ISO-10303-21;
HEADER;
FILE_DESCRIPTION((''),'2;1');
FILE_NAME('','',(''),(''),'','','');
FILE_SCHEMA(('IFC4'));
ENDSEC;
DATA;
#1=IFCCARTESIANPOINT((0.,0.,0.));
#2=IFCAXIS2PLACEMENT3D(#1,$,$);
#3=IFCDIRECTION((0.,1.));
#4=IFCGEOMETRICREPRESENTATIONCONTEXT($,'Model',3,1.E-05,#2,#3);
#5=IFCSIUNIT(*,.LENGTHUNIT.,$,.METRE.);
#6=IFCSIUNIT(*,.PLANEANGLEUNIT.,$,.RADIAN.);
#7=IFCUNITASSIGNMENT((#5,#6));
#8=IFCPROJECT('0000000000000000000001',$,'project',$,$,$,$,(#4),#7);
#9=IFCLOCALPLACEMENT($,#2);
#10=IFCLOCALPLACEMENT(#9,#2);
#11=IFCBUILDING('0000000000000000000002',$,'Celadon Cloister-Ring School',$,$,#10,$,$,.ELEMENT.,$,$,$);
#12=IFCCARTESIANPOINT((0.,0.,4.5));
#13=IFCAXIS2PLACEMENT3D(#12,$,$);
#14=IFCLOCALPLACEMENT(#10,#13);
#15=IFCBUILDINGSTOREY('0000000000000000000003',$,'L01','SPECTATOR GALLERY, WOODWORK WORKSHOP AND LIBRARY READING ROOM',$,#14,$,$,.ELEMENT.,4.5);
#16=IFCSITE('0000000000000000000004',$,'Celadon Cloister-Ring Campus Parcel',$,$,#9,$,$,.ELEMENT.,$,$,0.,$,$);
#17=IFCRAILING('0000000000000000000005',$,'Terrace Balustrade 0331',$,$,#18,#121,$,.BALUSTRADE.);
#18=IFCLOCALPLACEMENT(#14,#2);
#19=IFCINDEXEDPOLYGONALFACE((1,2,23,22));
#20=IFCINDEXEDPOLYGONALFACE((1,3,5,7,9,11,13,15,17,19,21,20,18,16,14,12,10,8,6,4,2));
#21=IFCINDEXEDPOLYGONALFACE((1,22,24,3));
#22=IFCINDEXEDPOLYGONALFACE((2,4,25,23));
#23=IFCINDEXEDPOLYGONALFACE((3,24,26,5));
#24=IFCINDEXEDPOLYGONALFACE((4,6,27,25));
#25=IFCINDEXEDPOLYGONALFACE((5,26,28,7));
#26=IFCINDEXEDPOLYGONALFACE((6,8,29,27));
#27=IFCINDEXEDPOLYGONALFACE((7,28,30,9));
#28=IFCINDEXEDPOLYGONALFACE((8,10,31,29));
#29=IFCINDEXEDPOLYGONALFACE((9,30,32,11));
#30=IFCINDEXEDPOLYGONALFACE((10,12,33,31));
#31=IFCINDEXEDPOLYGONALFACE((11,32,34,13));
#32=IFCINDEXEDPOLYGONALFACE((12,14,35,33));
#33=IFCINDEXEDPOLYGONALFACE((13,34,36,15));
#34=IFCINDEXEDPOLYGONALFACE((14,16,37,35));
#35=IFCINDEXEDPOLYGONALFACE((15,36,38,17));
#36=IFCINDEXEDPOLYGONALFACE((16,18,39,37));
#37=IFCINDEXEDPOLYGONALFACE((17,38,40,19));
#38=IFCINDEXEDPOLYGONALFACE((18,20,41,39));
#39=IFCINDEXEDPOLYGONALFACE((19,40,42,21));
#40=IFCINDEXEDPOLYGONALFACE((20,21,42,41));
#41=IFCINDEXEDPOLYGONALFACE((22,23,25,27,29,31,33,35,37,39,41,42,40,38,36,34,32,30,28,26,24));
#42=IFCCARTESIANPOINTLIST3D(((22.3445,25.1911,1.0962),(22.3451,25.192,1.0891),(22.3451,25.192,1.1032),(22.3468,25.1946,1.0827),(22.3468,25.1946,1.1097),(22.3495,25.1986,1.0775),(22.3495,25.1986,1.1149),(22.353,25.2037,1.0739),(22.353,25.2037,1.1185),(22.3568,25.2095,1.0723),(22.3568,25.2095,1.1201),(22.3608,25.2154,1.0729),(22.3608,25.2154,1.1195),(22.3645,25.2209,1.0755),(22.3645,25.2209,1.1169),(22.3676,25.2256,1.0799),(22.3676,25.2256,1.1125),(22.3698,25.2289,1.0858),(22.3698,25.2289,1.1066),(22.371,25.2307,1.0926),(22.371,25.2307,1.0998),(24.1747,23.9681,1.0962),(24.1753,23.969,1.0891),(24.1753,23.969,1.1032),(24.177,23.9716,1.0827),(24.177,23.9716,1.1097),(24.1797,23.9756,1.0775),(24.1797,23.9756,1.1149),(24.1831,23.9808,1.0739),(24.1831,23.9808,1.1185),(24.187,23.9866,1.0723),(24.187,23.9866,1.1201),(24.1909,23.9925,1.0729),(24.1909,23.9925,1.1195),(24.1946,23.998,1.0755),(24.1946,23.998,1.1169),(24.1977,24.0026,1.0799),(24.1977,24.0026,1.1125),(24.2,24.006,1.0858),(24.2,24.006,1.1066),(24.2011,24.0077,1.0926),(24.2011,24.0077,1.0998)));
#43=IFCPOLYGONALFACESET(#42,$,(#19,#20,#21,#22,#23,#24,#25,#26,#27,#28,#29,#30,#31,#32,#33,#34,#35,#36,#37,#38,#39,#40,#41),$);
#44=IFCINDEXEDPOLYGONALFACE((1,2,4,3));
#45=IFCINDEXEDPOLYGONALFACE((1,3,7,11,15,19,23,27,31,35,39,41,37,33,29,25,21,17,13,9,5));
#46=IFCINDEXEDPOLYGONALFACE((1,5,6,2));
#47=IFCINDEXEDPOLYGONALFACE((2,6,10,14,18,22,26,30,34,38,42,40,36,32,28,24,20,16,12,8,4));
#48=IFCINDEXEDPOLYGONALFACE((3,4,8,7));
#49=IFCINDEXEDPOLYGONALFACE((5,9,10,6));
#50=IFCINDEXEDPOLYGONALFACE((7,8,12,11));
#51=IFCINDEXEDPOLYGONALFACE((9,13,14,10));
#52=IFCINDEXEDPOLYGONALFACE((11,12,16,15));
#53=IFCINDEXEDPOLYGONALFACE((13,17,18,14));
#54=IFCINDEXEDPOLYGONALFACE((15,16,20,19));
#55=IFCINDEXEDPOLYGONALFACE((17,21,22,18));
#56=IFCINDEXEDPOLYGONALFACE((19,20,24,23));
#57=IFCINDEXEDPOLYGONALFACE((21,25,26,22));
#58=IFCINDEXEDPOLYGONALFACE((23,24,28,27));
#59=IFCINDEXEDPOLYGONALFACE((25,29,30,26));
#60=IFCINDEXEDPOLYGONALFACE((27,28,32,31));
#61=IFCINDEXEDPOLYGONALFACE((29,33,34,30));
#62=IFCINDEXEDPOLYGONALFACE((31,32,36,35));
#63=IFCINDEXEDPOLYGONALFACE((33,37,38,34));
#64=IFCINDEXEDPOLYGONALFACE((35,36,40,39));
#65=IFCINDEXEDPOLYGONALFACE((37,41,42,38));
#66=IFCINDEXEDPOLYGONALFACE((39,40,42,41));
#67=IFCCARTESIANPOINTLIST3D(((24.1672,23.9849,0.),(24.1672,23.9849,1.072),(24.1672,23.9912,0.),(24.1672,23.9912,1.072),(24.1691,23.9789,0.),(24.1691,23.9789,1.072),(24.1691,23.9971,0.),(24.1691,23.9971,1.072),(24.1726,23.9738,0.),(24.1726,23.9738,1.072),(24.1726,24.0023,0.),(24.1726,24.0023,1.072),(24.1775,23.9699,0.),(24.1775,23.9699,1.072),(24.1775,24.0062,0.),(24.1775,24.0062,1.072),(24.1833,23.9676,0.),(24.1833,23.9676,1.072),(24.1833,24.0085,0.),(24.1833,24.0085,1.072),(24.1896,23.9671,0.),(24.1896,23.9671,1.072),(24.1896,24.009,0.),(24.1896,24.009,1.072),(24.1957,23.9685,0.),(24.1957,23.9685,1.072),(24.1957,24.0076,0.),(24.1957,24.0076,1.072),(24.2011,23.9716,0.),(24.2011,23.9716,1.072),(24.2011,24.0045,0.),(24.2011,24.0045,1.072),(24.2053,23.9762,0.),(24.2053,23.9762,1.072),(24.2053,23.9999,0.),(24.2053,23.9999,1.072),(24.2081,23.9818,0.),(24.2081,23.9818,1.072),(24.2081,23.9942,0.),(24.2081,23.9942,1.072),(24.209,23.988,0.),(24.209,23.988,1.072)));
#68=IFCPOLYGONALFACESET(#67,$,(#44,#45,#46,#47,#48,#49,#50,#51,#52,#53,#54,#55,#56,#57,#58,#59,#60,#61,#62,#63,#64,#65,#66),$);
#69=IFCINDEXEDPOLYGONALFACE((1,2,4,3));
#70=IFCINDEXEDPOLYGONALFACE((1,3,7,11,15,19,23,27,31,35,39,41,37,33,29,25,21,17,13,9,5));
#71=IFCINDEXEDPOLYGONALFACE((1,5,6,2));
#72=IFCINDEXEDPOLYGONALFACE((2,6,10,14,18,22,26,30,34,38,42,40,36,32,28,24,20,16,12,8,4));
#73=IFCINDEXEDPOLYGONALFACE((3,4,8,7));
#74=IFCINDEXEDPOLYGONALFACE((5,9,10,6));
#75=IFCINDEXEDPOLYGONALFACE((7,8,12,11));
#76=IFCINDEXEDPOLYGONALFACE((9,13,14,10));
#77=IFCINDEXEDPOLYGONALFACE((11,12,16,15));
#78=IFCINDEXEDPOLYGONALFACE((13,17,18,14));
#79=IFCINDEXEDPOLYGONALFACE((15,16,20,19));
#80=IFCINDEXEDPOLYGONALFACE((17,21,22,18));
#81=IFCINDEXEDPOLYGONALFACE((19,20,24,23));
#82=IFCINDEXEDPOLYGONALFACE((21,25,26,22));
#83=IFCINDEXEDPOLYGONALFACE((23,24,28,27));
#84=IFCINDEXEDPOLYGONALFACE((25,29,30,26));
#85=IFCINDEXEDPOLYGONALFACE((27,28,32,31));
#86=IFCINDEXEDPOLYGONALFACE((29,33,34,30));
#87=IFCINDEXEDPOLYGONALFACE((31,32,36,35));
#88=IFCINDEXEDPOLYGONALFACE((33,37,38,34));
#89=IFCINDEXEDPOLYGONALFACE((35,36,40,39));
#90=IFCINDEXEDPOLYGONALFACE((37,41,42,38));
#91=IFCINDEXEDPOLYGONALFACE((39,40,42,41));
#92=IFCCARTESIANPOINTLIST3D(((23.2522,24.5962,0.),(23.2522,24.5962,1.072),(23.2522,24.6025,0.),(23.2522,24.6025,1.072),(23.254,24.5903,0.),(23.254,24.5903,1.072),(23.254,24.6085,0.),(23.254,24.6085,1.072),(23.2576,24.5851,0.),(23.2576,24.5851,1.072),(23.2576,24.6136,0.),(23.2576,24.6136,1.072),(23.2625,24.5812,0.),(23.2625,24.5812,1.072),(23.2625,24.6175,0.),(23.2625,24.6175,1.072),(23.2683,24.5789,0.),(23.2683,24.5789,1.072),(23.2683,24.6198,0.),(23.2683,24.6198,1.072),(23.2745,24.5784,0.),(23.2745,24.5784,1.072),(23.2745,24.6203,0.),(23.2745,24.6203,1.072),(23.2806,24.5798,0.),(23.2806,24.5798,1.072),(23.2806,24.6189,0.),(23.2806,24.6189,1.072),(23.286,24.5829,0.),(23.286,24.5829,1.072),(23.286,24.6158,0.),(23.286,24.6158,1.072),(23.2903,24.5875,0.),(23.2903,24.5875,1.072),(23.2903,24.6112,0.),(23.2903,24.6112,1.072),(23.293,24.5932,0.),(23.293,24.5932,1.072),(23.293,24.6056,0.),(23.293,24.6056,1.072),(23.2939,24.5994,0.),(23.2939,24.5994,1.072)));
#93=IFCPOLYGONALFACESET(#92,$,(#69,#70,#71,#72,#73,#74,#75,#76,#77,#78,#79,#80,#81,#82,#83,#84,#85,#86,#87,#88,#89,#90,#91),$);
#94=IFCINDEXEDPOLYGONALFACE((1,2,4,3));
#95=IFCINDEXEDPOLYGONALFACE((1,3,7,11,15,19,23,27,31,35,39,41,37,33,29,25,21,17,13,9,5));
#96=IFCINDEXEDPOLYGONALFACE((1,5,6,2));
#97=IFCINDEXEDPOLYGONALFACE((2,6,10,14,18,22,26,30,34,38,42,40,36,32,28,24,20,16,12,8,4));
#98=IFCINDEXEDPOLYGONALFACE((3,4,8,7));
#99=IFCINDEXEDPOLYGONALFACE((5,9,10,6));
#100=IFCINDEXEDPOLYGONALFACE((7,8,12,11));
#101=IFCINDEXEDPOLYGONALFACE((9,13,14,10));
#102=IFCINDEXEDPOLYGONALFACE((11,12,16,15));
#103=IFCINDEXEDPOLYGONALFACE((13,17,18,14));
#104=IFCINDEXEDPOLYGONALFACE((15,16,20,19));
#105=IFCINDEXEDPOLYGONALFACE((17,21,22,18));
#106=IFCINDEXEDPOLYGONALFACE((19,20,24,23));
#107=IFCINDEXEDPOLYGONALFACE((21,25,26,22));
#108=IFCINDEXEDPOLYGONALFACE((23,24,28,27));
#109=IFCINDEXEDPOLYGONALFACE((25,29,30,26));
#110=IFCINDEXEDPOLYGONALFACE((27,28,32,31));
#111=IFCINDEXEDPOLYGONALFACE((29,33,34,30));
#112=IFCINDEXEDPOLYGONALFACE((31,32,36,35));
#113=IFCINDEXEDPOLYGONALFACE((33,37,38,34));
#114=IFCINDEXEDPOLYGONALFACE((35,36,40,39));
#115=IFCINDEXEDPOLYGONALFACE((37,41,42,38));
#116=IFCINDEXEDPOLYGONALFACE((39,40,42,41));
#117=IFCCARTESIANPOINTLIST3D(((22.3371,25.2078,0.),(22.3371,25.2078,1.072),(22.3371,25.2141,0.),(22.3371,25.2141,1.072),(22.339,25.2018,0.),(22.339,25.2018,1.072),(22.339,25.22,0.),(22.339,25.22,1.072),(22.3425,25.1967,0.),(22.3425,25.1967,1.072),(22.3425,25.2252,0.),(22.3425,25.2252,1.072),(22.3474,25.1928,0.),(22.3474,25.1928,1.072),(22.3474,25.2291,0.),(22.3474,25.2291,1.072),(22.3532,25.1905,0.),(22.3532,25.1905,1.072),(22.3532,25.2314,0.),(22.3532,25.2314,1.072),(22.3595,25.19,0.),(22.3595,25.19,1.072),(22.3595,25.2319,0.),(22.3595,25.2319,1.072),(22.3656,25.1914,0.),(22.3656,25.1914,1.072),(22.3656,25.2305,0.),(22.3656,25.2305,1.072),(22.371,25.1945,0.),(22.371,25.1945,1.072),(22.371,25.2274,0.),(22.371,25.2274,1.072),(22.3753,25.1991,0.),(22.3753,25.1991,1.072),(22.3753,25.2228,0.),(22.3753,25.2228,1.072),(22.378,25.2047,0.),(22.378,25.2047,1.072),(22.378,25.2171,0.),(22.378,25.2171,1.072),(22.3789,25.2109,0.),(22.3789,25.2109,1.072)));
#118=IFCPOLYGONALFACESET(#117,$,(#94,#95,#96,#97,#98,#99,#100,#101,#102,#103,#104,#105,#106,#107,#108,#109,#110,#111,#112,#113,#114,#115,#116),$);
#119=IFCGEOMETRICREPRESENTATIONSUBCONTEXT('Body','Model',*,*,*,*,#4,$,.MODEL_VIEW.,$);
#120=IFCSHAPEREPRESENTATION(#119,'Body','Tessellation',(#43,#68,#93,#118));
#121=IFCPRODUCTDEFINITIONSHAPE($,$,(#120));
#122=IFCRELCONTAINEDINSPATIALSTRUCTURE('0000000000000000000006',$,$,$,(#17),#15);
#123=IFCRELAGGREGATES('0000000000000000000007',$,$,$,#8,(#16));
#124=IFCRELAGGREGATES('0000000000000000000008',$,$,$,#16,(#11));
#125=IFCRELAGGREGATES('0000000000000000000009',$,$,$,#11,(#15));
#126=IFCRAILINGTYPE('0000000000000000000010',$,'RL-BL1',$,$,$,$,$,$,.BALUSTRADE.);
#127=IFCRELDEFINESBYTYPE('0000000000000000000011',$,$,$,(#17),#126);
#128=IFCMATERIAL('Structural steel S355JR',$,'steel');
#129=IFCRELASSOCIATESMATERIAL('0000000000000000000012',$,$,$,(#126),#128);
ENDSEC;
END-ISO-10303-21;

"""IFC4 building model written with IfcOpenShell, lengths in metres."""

from ifc_helpers import new_model, si_unit, direction, frame, origin, origin_2d, place, context, subcontext, project, spatial, circle, extrude, material, type_object, element, save


model = new_model("IFC4")

# Units and contexts
model_context = context("Model", 3, precision=1e-05, world=origin(), true_north=direction((0.0, 1.0)))
body_context = subcontext(model_context, "Body", "Model", "MODEL_VIEW")
ifc_project = project(units=[si_unit("LENGTHUNIT", "METRE"), si_unit("PLANEANGLEUNIT", "RADIAN")], contexts=[model_context])

# Site, building, storey
site_placement = place(None, origin())
site = spatial("IfcSite", under=ifc_project, at=site_placement, Name="Celadon Cloister-Ring Campus Parcel", CompositionType="ELEMENT", RefElevation=0.0)
building_placement = place(site_placement, origin())
building = spatial("IfcBuilding", under=site, at=building_placement, Name="Celadon Cloister-Ring School", CompositionType="ELEMENT")
storey_placement = place(building_placement, frame((0.0, 0.0, 4.5)))
storey = spatial("IfcBuildingStorey", under=building, at=storey_placement, Name="L01", Description="SPECTATOR GALLERY, WOODWORK WORKSHOP AND LIBRARY READING ROOM", CompositionType="ELEMENT", Elevation=4.5)

# Railing
ifc_material_1 = material(Name="Structural steel S355JR", Category="steel")
railing_type = type_object("IfcRailingType", Name="RL-BL1", PredefinedType="BALUSTRADE", material=ifc_material_1)
railing_1_placement = place(storey_placement, frame((24.188, 23.988, 0.0)))
element("IfcRailing", 1, at=railing_1_placement, inside=storey, type_object=railing_type, Name="Terrace Balustrade 0331", PredefinedType="BALUSTRADE", context=body_context, shape_type="SweptSolid", body=[
    extrude(circle(Radius=0.0239, at=origin_2d()), frame((0.0, 0.0, 1.0962), z_axis=(-0.831453, 0.555596, 0.0), x_axis=(-0.555596, -0.831453, 0.0)), (0.0, 0.0, 1.0), 2.2012),
    extrude(circle(Radius=0.021, at=origin_2d()), origin(), (0.0, 0.0, 1.0), 1.072),
    extrude(circle(Radius=0.021, at=origin_2d()), frame((-0.915, 0.6113, 0.0)), (0.0, 0.0, 1.0), 1.072),
    extrude(circle(Radius=0.021, at=origin_2d()), frame((-1.8301, 1.2229, 0.0)), (0.0, 0.0, 1.0), 1.072),
])

save(model, "model.ifc")
